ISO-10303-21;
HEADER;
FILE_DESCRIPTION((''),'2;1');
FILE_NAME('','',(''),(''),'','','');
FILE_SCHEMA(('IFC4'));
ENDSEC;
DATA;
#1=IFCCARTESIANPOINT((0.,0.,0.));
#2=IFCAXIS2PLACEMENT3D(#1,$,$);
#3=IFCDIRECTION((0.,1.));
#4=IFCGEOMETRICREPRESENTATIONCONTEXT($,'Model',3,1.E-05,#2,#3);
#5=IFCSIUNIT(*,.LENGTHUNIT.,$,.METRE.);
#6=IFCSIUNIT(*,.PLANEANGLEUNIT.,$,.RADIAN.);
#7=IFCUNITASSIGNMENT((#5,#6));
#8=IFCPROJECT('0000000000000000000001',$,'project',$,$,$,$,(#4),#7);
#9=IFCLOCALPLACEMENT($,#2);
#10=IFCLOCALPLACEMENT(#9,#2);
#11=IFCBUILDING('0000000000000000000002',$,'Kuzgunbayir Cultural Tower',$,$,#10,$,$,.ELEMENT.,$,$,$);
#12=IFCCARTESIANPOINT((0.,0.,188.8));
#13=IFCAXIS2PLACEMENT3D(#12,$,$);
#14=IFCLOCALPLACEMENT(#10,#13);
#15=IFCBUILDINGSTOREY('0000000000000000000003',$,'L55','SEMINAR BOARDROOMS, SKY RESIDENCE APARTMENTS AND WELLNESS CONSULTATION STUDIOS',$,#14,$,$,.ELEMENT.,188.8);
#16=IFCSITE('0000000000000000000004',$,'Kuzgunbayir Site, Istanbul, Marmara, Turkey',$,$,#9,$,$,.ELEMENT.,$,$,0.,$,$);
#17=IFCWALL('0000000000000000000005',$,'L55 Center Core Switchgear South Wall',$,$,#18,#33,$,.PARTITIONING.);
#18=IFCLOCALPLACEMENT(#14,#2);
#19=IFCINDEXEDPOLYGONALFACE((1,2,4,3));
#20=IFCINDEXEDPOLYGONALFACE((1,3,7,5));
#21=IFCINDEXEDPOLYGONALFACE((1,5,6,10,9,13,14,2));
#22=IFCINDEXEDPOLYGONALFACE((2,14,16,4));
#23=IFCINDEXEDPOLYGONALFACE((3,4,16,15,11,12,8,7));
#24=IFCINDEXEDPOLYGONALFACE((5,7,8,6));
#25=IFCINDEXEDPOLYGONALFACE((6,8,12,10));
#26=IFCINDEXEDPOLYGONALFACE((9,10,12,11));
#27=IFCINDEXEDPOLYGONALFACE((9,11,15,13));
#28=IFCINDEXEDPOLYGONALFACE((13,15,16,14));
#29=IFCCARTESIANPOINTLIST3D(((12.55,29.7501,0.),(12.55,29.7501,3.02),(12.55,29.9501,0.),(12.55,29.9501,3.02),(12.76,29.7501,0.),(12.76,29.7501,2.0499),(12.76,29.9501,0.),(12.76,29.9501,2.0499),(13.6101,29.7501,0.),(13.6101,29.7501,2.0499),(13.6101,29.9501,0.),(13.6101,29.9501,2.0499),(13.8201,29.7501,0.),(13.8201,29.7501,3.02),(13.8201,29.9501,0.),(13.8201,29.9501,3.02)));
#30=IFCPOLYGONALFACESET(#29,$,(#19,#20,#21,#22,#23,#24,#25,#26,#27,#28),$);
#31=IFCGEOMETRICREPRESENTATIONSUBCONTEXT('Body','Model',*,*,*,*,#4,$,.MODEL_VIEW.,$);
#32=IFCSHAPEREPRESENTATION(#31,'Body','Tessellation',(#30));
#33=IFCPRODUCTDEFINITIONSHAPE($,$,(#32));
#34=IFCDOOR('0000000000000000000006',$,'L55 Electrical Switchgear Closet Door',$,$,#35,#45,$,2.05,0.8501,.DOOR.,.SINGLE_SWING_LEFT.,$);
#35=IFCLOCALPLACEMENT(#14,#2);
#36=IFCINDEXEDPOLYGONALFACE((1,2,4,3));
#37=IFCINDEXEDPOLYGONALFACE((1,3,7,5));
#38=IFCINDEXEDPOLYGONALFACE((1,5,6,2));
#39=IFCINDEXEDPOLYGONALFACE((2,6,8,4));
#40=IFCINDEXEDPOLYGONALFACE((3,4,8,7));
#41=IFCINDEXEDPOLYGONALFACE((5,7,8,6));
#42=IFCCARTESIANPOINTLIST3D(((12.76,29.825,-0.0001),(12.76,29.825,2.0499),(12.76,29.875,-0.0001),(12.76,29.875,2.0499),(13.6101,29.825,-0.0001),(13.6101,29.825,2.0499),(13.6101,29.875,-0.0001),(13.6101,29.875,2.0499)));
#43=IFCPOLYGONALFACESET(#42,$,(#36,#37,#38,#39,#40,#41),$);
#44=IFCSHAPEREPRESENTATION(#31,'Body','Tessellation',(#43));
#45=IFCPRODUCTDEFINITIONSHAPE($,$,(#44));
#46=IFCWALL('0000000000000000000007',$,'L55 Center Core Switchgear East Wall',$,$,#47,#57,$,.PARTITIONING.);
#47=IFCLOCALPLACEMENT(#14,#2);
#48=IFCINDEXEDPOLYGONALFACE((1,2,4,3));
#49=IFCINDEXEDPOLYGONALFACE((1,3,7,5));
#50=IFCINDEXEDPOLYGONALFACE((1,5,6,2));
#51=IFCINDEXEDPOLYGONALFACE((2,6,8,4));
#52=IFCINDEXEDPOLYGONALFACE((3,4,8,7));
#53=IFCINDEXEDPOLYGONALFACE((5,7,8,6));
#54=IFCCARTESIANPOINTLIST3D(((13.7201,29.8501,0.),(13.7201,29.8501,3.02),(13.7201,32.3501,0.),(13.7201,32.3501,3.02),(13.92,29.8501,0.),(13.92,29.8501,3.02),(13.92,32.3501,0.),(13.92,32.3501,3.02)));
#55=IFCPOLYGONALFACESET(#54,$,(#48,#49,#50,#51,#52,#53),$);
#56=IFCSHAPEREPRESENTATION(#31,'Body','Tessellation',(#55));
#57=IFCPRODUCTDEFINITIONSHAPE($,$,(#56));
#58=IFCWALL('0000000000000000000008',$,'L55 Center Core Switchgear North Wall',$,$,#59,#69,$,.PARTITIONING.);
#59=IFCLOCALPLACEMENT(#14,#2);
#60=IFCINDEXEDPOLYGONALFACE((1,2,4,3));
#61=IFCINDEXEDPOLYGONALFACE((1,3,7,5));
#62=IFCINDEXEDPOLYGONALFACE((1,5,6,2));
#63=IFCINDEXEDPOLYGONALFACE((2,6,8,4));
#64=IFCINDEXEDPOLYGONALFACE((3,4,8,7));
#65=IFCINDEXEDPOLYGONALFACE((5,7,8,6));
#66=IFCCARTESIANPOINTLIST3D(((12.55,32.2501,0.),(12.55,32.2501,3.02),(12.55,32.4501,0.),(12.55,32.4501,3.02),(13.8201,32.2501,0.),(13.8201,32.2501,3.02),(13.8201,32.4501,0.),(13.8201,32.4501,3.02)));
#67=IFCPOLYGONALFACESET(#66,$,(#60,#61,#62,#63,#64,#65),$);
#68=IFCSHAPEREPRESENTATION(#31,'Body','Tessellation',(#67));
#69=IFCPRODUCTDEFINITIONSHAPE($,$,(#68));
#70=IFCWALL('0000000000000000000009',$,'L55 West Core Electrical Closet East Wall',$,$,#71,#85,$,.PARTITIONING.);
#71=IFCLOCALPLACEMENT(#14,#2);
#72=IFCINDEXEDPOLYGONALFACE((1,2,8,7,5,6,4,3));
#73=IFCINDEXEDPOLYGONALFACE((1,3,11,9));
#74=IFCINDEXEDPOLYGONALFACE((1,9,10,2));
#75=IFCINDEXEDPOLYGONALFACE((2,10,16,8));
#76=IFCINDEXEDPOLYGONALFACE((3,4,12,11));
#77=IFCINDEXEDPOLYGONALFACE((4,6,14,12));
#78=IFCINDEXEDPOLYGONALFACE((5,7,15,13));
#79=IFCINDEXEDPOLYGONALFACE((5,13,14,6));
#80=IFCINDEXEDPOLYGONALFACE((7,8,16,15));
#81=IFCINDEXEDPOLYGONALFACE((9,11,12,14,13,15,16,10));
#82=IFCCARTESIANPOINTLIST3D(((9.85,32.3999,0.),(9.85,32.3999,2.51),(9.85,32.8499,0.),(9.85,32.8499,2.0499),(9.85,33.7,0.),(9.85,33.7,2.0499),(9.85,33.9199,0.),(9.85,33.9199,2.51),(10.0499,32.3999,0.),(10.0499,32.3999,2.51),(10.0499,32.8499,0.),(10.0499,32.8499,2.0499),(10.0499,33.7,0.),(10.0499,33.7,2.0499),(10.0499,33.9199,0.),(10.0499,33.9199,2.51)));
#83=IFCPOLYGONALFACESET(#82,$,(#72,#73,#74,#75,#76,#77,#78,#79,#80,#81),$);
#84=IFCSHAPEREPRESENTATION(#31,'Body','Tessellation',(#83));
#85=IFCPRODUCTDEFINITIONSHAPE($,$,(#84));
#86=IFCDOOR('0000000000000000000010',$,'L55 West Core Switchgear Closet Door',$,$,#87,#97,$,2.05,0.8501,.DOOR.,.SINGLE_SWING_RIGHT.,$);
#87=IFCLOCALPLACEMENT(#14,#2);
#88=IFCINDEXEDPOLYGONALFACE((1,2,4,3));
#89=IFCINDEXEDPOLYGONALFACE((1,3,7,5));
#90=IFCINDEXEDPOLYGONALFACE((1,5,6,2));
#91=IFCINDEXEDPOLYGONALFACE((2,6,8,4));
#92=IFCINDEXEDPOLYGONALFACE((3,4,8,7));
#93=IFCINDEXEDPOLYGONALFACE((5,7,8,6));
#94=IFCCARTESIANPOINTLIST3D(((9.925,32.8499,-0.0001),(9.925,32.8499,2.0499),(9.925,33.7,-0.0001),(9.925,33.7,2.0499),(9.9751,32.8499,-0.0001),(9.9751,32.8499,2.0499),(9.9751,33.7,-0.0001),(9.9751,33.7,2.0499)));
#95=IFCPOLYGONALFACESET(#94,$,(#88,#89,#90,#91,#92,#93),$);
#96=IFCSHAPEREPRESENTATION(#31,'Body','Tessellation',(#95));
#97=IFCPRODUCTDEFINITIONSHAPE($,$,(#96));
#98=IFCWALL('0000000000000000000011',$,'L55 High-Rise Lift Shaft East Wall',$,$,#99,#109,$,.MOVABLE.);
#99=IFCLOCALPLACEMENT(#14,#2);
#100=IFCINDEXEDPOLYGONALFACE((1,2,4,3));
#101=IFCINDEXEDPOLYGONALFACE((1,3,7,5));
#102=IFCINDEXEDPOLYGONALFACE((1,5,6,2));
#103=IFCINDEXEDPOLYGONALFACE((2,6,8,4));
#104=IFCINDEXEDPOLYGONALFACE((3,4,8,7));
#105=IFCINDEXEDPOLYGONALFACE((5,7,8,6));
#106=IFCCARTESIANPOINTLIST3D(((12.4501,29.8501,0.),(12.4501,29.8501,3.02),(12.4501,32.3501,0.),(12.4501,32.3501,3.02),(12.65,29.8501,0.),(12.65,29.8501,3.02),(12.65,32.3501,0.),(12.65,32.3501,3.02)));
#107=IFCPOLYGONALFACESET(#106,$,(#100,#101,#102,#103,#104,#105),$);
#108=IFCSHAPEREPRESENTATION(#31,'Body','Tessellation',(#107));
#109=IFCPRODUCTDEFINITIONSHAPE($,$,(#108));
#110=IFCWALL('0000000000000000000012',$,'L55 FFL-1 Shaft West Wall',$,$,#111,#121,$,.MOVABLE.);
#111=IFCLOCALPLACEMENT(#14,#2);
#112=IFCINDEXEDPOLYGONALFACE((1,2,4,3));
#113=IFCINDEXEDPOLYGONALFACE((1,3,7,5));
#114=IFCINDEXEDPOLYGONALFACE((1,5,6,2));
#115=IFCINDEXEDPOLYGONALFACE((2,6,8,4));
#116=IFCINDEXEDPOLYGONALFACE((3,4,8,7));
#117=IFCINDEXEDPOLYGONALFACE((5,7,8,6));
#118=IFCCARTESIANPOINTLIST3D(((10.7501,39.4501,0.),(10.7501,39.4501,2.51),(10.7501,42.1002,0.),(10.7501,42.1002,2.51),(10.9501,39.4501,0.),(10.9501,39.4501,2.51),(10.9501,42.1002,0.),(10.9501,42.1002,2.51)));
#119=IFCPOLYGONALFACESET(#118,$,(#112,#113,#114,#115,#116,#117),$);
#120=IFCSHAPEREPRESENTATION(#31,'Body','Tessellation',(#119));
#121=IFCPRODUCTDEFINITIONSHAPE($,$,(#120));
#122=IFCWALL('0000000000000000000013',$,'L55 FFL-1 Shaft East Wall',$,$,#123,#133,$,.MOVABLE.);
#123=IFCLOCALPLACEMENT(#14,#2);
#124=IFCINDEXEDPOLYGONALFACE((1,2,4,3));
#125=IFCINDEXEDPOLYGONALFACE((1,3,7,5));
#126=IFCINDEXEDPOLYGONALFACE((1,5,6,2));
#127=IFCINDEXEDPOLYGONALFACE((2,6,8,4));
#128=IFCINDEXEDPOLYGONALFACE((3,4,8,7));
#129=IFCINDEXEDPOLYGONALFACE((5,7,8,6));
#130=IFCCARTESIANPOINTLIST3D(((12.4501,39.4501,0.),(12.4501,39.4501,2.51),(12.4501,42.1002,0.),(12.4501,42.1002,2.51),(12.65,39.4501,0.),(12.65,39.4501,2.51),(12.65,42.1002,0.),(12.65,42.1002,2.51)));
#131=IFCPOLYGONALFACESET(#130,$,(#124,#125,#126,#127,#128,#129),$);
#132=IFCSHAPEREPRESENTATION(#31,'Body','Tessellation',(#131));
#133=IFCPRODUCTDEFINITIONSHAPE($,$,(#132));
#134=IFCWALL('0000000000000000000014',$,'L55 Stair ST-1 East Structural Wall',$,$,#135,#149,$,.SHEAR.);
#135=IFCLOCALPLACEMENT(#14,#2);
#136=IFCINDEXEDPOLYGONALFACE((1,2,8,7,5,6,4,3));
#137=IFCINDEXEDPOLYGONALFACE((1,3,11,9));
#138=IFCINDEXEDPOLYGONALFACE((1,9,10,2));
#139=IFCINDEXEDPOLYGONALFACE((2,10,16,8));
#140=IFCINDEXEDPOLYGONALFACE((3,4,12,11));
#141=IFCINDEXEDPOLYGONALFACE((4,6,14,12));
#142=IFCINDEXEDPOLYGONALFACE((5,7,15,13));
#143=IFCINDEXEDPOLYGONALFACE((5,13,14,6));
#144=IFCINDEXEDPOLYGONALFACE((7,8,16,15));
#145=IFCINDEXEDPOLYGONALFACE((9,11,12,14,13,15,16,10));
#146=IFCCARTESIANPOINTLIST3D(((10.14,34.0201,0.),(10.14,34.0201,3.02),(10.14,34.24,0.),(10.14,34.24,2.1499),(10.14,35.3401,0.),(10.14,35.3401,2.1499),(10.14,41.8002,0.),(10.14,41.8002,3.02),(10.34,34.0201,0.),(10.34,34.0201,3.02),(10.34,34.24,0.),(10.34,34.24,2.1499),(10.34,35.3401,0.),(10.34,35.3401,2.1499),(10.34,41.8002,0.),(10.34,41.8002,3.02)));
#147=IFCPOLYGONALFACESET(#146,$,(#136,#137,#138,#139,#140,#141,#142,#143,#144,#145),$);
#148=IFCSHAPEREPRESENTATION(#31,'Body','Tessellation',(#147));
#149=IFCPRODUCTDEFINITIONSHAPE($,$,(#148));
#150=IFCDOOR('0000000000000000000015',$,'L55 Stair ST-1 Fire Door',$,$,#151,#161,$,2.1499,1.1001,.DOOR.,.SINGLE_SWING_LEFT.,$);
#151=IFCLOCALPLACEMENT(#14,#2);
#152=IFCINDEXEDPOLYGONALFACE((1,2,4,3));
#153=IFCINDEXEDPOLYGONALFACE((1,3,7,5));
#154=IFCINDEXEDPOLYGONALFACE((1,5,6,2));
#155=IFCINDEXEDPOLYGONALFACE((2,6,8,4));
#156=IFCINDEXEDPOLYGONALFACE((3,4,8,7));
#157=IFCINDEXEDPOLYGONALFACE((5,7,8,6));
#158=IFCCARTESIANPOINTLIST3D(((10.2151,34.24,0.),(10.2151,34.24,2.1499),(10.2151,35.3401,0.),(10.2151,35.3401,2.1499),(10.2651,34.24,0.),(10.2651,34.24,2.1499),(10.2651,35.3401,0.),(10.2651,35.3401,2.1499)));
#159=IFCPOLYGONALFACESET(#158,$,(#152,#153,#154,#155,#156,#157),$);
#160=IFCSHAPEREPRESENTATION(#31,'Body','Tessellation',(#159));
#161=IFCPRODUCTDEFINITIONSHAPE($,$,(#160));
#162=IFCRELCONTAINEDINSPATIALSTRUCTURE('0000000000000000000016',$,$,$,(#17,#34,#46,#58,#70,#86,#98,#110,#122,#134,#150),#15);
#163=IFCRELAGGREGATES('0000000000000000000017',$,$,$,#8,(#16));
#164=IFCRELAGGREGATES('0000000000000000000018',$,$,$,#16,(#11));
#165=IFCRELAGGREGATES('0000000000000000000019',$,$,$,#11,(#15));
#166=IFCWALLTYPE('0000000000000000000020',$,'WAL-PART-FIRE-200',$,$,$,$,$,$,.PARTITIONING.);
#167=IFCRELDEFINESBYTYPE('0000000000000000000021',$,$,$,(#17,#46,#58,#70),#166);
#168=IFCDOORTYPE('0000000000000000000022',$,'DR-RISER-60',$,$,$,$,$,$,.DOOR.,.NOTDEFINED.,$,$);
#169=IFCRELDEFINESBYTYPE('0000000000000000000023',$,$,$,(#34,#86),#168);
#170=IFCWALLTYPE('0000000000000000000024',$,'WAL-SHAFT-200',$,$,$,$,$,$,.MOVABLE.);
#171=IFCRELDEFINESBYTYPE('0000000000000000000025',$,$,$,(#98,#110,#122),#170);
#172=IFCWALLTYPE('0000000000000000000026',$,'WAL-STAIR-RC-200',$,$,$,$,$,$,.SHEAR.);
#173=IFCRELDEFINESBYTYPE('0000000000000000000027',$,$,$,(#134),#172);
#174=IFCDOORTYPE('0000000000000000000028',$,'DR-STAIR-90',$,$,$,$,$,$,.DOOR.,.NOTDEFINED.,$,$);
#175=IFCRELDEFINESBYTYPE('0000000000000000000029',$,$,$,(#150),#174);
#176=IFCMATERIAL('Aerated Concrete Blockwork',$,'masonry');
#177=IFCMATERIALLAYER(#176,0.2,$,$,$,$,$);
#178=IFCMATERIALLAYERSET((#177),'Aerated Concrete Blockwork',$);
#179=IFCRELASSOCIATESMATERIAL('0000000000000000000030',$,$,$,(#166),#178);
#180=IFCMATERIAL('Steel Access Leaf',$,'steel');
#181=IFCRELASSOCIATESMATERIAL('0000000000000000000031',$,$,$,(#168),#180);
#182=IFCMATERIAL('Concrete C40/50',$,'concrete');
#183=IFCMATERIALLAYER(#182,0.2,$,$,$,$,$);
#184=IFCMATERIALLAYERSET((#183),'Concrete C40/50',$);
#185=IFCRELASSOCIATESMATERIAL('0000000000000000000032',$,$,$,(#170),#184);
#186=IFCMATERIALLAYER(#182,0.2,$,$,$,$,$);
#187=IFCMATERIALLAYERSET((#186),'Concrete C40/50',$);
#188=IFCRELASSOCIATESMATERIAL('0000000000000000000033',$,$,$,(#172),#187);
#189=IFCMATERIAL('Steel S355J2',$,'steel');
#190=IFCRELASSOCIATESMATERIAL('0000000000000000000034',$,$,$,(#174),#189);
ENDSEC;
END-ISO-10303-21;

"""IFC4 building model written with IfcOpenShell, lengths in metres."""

from ifc_helpers import new_model, si_unit, direction, frame, frame_2d, origin, place, context, subcontext, project, spatial, rectangle, extrude, material, layer, layer_set, type_object, element, fill, save


model = new_model("IFC4")

# Units and contexts
model_context = context("Model", 3, precision=1e-05, world=origin(), true_north=direction((0.0, 1.0)))
body_context = subcontext(model_context, "Body", "Model", "MODEL_VIEW")
ifc_project = project(units=[si_unit("LENGTHUNIT", "METRE"), si_unit("PLANEANGLEUNIT", "RADIAN")], contexts=[model_context])

# Site, building, storey
site_placement = place(None, origin())
site = spatial("IfcSite", under=ifc_project, at=site_placement, Name="Kuzgunbayir Site, Istanbul, Marmara, Turkey", CompositionType="ELEMENT", RefElevation=0.0)
building_placement = place(site_placement, origin())
building = spatial("IfcBuilding", under=site, at=building_placement, Name="Kuzgunbayir Cultural Tower", CompositionType="ELEMENT")
storey_placement = place(building_placement, frame((0.0, 0.0, 188.8)))
storey = spatial("IfcBuildingStorey", under=building, at=storey_placement, Name="L55", Description="SEMINAR BOARDROOMS, SKY RESIDENCE APARTMENTS AND WELLNESS CONSULTATION STUDIOS", CompositionType="ELEMENT", Elevation=188.8)

# Shared definitions
ifc_material_1 = material(Name="Steel S355J2", Category="steel")

# Shared definitions
ifc_material_2 = material(Name="Aerated Concrete Blockwork", Category="masonry")
ifc_layer_1 = layer(ifc_material_2, 0.2)
ifc_layer_set_1 = layer_set([ifc_layer_1], Name="Aerated Concrete Blockwork")
wall_type_1 = type_object("IfcWallType", Name="WAL-PART-FIRE-200", PredefinedType="PARTITIONING", material=ifc_layer_set_1)

# Wall, opening, door
wall_1_placement = place(storey_placement, frame((12.55, 29.8501, 0.0), z_axis=(0.0, 0.0, 1.0), x_axis=(1.0, 0.0, 0.0)))
wall_1 = element("IfcWall", 1, at=wall_1_placement, inside=storey, type_object=wall_type_1, Name="L55 Center Core Switchgear South Wall", PredefinedType="PARTITIONING", context=body_context, shape_type="SweptSolid", body=[
    extrude(rectangle(XDim=1.27, YDim=0.2, at=frame_2d((0.635, 0.0))), origin(), (0.0, 0.0, 1.0), 3.02),
])
opening_1_placement = place(wall_1_placement, frame((0.21, 0.0, 0.0)))
opening_1 = element("IfcOpeningElement", 2, at=opening_1_placement, cuts=wall_1, PredefinedType="OPENING", context=body_context, shape_type="SweptSolid", body=[
    extrude(rectangle(XDim=0.8501, YDim=2.05, at=frame_2d((0.425, 1.0249))), frame((0.0, 0.1099, 0.0), z_axis=(0.0, -1.0, 0.0), x_axis=(1.0, 0.0, 0.0)), (0.0, 0.0, 1.0), 0.22),
])
ifc_material_3 = material(Name="Steel Access Leaf", Category="steel")
door_type_1 = type_object("IfcDoorType", Name="DR-RISER-60", OperationType="NOTDEFINED", PredefinedType="DOOR", material=ifc_material_3)
door_1_placement = place(opening_1_placement, origin())
door_1 = element("IfcDoor", 3, at=door_1_placement, inside=storey, type_object=door_type_1, Name="L55 Electrical Switchgear Closet Door", OperationType="SINGLE_SWING_LEFT", OverallHeight=2.05, OverallWidth=0.8501, PredefinedType="DOOR", context=body_context, shape_type="SweptSolid", body=[
    extrude(rectangle(XDim=0.8501, YDim=2.05, at=frame_2d((0.425, 1.0249))), frame((0.0, 0.0249, 0.0), z_axis=(0.0, -1.0, 0.0), x_axis=(1.0, 0.0, 0.0)), (0.0, 0.0, 1.0), 0.05),
])
fill(opening_1, door_1)

# Walls
wall_2_placement = place(storey_placement, frame((13.8201, 29.8501, 0.0), z_axis=(0.0, 0.0, 1.0), x_axis=(0.0, 1.0, 0.0)))
element("IfcWall", 4, at=wall_2_placement, inside=storey, type_object=wall_type_1, Name="L55 Center Core Switchgear East Wall", PredefinedType="PARTITIONING", context=body_context, shape_type="SweptSolid", body=[
    extrude(rectangle(XDim=2.5, YDim=0.2, at=frame_2d((1.25, 0.0))), origin(), (0.0, 0.0, 1.0), 3.02),
])
wall_3_placement = place(storey_placement, frame((12.55, 32.3501, 0.0), z_axis=(0.0, 0.0, 1.0), x_axis=(1.0, 0.0, 0.0)))
element("IfcWall", 5, at=wall_3_placement, inside=storey, type_object=wall_type_1, Name="L55 Center Core Switchgear North Wall", PredefinedType="PARTITIONING", context=body_context, shape_type="SweptSolid", body=[
    extrude(rectangle(XDim=1.27, YDim=0.2, at=frame_2d((0.635, 0.0))), origin(), (0.0, 0.0, 1.0), 3.02),
])

# Wall, opening, door
wall_4_placement = place(storey_placement, frame((9.95, 32.3999, 0.0), z_axis=(0.0, 0.0, 1.0), x_axis=(0.0, 1.0, 0.0)))
wall_4 = element("IfcWall", 6, at=wall_4_placement, inside=storey, type_object=wall_type_1, Name="L55 West Core Electrical Closet East Wall", PredefinedType="PARTITIONING", context=body_context, shape_type="SweptSolid", body=[
    extrude(rectangle(XDim=1.52, YDim=0.2, at=frame_2d((0.76, 0.0))), origin(), (0.0, 0.0, 1.0), 2.51),
])
opening_2_placement = place(wall_4_placement, frame((0.45, 0.0, 0.0)))
opening_2 = element("IfcOpeningElement", 7, at=opening_2_placement, cuts=wall_4, PredefinedType="OPENING", context=body_context, shape_type="SweptSolid", body=[
    extrude(rectangle(XDim=0.8501, YDim=2.05, at=frame_2d((0.425, 1.0249))), frame((0.0, 0.1099, 0.0), z_axis=(0.0, -1.0, 0.0), x_axis=(1.0, 0.0, 0.0)), (0.0, 0.0, 1.0), 0.22),
])
door_2_placement = place(opening_2_placement, origin())
door_2 = element("IfcDoor", 8, at=door_2_placement, inside=storey, type_object=door_type_1, Name="L55 West Core Switchgear Closet Door", OperationType="SINGLE_SWING_RIGHT", OverallHeight=2.05, OverallWidth=0.8501, PredefinedType="DOOR", context=body_context, shape_type="SweptSolid", body=[
    extrude(rectangle(XDim=0.8501, YDim=2.05, at=frame_2d((0.425, 1.0249))), frame((0.0, 0.0249, 0.0), z_axis=(0.0, -1.0, 0.0), x_axis=(1.0, 0.0, 0.0)), (0.0, 0.0, 1.0), 0.05),
])
fill(opening_2, door_2)

# Wall
ifc_material_4 = material(Name="Concrete C40/50", Category="concrete")
ifc_layer_2 = layer(ifc_material_4, 0.2)
ifc_layer_set_2 = layer_set([ifc_layer_2], Name="Concrete C40/50")
wall_type_2 = type_object("IfcWallType", Name="WAL-SHAFT-200", PredefinedType="MOVABLE", material=ifc_layer_set_2)
wall_5_placement = place(storey_placement, frame((12.55, 29.8501, 0.0), z_axis=(0.0, 0.0, 1.0), x_axis=(0.0, 1.0, 0.0)))
element("IfcWall", 9, at=wall_5_placement, inside=storey, type_object=wall_type_2, Name="L55 High-Rise Lift Shaft East Wall", PredefinedType="MOVABLE", context=body_context, shape_type="SweptSolid", body=[
    extrude(rectangle(XDim=2.5, YDim=0.2, at=frame_2d((1.25, 0.0))), origin(), (0.0, 0.0, 1.0), 3.02),
])

# Walls
for number, where, z_axis, x_axis, name in (
    (10, (10.8501, 39.45, 0.0), (0.0, 0.0, 1.0), (0.0, 1.0, 0.0), "L55 FFL-1 Shaft West Wall"),
    (11, (12.55, 39.45, 0.0), (0.0, 0.0, 1.0), (0.0, 1.0, 0.0), "L55 FFL-1 Shaft East Wall"),
):
    element("IfcWall", number, at=place(storey_placement, frame(where, z_axis=z_axis, x_axis=x_axis)), inside=storey, type_object=wall_type_2, Name=name, PredefinedType="MOVABLE", context=body_context, shape_type="SweptSolid", body=[
        extrude(rectangle(XDim=2.6501, YDim=0.2, at=frame_2d((1.3252, 0.0))), origin(), (0.0, 0.0, 1.0), 2.51),
    ])

# Wall, opening, door
ifc_layer_3 = layer(ifc_material_4, 0.2)
ifc_layer_set_3 = layer_set([ifc_layer_3], Name="Concrete C40/50")
wall_type_3 = type_object("IfcWallType", Name="WAL-STAIR-RC-200", PredefinedType="SHEAR", material=ifc_layer_set_3)
wall_6_placement = place(storey_placement, frame((10.24, 34.02, 0.0), z_axis=(0.0, 0.0, 1.0), x_axis=(0.0, 1.0, 0.0)))
wall_6 = element("IfcWall", 12, at=wall_6_placement, inside=storey, type_object=wall_type_3, Name="L55 Stair ST-1 East Structural Wall", PredefinedType="SHEAR", context=body_context, shape_type="SweptSolid", body=[
    extrude(rectangle(XDim=7.78, YDim=0.2, at=frame_2d((3.8901, 0.0))), origin(), (0.0, 0.0, 1.0), 3.02),
])
opening_3_placement = place(wall_6_placement, frame((0.22, 0.0, 0.0)))
opening_3 = element("IfcOpeningElement", 13, at=opening_3_placement, cuts=wall_6, PredefinedType="OPENING", context=body_context, shape_type="SweptSolid", body=[
    extrude(rectangle(XDim=1.1001, YDim=2.1499, at=frame_2d((0.55, 1.075))), frame((0.0, 0.1099, 0.0), z_axis=(0.0, -1.0, 0.0), x_axis=(1.0, 0.0, 0.0)), (0.0, 0.0, 1.0), 0.22),
])
door_type_2 = type_object("IfcDoorType", Name="DR-STAIR-90", OperationType="NOTDEFINED", PredefinedType="DOOR", material=ifc_material_1)
door_3_placement = place(opening_3_placement, origin())
door_3 = element("IfcDoor", 14, at=door_3_placement, inside=storey, type_object=door_type_2, Name="L55 Stair ST-1 Fire Door", OperationType="SINGLE_SWING_LEFT", OverallHeight=2.1499, OverallWidth=1.1001, PredefinedType="DOOR", context=body_context, shape_type="SweptSolid", body=[
    extrude(rectangle(XDim=1.1001, YDim=2.1499, at=frame_2d((0.55, 1.075))), frame((0.0, 0.0249, 0.0), z_axis=(0.0, -1.0, 0.0), x_axis=(1.0, 0.0, 0.0)), (0.0, 0.0, 1.0), 0.05),
])
fill(opening_3, door_3)

save(model, "model.ifc")
